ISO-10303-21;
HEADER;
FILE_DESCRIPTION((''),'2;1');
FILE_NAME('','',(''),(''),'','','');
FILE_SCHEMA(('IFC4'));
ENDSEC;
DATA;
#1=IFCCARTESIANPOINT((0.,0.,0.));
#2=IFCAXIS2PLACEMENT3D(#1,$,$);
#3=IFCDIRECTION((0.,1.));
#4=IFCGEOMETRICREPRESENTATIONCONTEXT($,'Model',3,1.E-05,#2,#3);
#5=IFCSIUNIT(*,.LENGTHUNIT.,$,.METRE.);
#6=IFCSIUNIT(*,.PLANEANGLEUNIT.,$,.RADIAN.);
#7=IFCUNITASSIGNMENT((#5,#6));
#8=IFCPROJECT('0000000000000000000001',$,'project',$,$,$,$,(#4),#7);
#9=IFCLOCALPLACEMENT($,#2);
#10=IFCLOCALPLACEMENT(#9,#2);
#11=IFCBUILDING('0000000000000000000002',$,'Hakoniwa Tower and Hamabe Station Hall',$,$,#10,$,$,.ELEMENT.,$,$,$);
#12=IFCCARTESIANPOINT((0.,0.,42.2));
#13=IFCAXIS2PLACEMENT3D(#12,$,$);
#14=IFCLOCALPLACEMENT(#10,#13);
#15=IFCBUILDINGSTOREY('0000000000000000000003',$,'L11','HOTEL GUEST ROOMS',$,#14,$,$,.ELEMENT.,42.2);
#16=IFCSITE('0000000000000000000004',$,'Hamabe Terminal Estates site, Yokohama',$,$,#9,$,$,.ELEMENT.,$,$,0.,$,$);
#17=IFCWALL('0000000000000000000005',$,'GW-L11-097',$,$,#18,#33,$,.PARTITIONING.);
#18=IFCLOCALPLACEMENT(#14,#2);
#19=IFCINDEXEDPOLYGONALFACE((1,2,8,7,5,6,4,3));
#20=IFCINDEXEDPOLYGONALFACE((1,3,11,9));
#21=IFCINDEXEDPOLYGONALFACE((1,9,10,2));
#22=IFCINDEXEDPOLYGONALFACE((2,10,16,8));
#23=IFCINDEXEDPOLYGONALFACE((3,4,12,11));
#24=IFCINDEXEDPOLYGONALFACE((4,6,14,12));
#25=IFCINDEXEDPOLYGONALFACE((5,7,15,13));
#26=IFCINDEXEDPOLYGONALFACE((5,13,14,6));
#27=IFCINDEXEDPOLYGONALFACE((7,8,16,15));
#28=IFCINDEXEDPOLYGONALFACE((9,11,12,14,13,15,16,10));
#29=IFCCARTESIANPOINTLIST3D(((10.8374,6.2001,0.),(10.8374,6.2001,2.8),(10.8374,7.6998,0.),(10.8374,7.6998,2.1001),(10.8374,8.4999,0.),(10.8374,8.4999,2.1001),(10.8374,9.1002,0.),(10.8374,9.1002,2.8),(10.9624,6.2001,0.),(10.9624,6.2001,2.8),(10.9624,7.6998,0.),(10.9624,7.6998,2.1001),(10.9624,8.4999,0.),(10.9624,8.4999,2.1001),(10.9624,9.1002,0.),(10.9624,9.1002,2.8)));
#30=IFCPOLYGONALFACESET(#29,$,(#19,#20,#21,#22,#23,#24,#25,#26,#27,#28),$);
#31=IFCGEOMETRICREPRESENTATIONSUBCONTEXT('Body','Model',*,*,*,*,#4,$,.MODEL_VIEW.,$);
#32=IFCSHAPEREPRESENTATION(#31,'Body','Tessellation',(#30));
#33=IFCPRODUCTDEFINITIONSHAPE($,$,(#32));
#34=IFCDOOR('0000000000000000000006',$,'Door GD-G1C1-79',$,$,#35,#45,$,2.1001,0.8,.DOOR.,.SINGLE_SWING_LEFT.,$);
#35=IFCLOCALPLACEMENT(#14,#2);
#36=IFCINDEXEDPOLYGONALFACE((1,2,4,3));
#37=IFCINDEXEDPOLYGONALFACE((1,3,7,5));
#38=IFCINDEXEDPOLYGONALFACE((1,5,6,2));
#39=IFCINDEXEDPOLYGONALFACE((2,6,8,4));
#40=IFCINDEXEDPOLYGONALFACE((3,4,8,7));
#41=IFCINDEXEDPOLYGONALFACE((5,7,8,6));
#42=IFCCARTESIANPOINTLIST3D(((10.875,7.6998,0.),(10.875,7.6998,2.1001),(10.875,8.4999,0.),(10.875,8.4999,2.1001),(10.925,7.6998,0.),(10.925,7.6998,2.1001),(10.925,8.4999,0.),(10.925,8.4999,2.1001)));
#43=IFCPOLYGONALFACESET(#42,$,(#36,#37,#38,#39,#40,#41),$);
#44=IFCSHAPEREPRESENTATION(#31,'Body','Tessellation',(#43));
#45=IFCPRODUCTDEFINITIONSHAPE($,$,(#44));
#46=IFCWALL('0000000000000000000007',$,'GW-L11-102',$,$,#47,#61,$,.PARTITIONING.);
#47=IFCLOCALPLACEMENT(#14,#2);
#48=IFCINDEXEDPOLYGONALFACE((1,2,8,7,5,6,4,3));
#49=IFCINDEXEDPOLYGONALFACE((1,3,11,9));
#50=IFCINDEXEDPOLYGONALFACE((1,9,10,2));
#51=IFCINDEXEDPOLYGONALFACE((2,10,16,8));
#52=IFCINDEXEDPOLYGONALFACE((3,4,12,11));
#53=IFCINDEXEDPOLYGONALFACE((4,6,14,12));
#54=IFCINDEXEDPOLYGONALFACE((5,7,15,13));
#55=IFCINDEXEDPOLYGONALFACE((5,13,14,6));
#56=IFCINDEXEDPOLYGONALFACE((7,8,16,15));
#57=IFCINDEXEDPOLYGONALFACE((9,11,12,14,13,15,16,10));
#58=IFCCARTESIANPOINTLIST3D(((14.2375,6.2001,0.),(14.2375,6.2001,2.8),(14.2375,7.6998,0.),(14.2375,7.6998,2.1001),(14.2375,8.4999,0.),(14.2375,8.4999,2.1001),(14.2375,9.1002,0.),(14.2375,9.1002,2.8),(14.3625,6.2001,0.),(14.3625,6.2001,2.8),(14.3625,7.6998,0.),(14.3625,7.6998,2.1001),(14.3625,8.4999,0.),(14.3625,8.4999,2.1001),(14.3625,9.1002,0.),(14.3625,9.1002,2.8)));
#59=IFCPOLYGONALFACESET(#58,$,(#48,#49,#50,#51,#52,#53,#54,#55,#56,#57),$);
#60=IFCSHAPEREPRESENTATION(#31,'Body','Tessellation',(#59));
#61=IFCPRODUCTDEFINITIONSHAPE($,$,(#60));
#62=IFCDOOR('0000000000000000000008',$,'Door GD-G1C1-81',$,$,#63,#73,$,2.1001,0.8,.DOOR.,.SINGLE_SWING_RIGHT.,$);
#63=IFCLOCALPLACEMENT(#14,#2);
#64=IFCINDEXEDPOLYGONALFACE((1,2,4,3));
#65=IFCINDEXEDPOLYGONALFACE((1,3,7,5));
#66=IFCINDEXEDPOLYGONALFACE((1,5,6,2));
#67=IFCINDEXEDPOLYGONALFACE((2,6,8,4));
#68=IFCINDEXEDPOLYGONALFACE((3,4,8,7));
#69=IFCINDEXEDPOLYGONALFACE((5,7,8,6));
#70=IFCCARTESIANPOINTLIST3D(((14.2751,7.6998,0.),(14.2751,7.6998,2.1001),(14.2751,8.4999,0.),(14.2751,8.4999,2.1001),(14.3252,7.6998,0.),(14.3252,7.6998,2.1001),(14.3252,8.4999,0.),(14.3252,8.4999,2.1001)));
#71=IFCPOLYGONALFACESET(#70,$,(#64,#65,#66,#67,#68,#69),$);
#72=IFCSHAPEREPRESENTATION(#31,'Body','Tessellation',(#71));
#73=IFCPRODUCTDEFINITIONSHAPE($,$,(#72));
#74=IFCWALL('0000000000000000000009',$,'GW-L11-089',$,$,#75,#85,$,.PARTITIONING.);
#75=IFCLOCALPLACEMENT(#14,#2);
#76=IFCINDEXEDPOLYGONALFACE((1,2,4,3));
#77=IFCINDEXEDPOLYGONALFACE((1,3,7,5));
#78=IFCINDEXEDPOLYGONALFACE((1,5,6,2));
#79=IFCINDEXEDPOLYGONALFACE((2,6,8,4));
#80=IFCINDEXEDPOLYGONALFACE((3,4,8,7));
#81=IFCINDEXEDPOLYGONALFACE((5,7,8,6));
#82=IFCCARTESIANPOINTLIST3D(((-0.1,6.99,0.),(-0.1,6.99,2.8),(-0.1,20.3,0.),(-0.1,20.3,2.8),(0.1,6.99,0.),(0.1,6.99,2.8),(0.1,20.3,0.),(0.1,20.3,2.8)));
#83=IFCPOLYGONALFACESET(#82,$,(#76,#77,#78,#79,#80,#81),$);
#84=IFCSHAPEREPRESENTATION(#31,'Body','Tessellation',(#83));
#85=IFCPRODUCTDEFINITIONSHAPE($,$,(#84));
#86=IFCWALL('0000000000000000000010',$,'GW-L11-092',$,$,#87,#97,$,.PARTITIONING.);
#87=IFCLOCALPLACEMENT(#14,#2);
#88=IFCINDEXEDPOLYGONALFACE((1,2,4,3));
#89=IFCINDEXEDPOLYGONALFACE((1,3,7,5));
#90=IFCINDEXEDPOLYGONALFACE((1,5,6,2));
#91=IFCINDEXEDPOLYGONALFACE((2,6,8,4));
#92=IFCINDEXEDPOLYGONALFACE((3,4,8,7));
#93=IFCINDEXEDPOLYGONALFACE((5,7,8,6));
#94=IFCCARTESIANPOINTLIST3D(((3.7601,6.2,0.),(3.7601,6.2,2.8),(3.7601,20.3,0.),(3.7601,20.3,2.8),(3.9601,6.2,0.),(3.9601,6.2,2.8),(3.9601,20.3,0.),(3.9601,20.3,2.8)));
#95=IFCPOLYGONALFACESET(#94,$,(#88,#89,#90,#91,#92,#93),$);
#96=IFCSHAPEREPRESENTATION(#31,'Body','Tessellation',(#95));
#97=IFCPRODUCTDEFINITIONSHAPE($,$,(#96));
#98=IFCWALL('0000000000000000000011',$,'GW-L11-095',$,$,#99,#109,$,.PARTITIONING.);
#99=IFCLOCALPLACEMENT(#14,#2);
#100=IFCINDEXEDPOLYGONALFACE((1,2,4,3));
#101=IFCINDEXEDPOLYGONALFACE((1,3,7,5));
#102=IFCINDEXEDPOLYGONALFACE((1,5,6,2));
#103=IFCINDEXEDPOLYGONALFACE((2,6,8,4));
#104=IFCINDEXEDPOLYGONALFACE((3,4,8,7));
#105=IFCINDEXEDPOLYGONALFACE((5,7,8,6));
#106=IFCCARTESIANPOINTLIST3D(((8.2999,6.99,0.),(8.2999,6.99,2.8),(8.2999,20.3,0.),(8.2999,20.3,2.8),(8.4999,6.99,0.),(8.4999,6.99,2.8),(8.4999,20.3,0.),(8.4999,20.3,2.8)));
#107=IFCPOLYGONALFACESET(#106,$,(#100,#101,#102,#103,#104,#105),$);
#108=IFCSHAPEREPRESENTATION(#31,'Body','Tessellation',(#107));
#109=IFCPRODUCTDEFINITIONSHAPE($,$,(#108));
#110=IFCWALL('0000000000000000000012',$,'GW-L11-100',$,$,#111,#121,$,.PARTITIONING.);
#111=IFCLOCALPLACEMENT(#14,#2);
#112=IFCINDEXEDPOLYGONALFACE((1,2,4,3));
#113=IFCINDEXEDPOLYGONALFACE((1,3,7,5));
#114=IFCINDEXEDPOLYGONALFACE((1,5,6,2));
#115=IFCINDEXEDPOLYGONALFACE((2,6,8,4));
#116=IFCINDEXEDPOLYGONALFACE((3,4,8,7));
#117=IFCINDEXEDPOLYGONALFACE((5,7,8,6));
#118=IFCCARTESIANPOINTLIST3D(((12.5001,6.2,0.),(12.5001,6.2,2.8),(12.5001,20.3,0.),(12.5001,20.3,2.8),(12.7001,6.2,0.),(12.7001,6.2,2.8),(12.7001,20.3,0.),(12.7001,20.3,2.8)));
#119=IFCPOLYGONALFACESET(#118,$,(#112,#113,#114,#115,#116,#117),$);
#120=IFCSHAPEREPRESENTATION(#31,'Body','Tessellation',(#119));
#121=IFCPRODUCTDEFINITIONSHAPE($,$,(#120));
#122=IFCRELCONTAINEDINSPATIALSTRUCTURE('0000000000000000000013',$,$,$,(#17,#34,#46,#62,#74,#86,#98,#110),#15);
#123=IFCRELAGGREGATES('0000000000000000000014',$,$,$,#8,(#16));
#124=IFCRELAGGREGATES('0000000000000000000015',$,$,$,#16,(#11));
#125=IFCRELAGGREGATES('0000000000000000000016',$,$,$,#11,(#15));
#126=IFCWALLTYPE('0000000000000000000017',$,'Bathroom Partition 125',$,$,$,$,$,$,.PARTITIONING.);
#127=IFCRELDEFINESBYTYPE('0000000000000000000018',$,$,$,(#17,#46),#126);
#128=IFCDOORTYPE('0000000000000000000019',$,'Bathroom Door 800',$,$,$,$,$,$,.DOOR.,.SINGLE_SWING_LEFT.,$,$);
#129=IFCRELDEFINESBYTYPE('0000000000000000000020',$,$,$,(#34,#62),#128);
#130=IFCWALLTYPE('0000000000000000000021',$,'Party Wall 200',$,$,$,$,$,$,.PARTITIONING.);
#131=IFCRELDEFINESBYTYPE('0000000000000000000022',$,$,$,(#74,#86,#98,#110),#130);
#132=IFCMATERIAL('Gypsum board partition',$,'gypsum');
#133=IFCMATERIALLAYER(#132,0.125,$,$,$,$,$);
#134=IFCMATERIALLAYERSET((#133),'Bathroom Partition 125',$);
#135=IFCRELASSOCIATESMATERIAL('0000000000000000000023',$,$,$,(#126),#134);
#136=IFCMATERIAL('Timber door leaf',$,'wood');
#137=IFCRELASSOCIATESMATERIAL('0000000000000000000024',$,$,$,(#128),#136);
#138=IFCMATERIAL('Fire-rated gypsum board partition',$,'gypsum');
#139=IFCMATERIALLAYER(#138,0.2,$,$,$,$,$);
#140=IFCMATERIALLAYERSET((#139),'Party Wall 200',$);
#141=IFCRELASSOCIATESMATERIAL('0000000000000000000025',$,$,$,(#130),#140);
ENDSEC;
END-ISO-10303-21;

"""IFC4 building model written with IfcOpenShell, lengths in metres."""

from ifc_helpers import new_model, si_unit, direction, frame, frame_2d, origin, place, context, subcontext, project, spatial, rectangle, extrude, material, layer, layer_set, type_object, element, fill, save


model = new_model("IFC4")

# Units and contexts
model_context = context("Model", 3, precision=1e-05, world=origin(), true_north=direction((0.0, 1.0)))
body_context = subcontext(model_context, "Body", "Model", "MODEL_VIEW")
ifc_project = project(units=[si_unit("LENGTHUNIT", "METRE"), si_unit("PLANEANGLEUNIT", "RADIAN")], contexts=[model_context])

# Site, building, storey
site_placement = place(None, origin())
site = spatial("IfcSite", under=ifc_project, at=site_placement, Name="Hamabe Terminal Estates site, Yokohama", CompositionType="ELEMENT", RefElevation=0.0)
building_placement = place(site_placement, origin())
building = spatial("IfcBuilding", under=site, at=building_placement, Name="Hakoniwa Tower and Hamabe Station Hall", CompositionType="ELEMENT")
storey_placement = place(building_placement, frame((0.0, 0.0, 42.2)))
storey = spatial("IfcBuildingStorey", under=building, at=storey_placement, Name="L11", Description="HOTEL GUEST ROOMS", CompositionType="ELEMENT", Elevation=42.2)

# Shared definitions
ifc_material_1 = material(Name="Gypsum board partition", Category="gypsum")
ifc_layer_1 = layer(ifc_material_1, 0.125)
ifc_layer_set_1 = layer_set([ifc_layer_1], Name="Bathroom Partition 125")
wall_type_1 = type_object("IfcWallType", Name="Bathroom Partition 125", PredefinedType="PARTITIONING", material=ifc_layer_set_1)

# Walls, openings, doors
wall_1_placement = place(storey_placement, frame((10.8999, 6.2, 0.0), z_axis=(0.0, 0.0, 1.0), x_axis=(0.0, 1.0, 0.0)))
wall_1 = element("IfcWall", 1, at=wall_1_placement, inside=storey, type_object=wall_type_1, Name="GW-L11-097", PredefinedType="PARTITIONING", context=body_context, shape_type="SweptSolid", body=[
    extrude(rectangle(XDim=2.9001, YDim=0.125, at=frame_2d((1.4502, 0.0))), origin(), (0.0, 0.0, 1.0), 2.8),
])
opening_1_placement = place(wall_1_placement, frame((1.5, 0.0, 0.0)))
opening_1 = element("IfcOpeningElement", 2, at=opening_1_placement, cuts=wall_1, PredefinedType="OPENING", context=body_context, shape_type="SweptSolid", body=[
    extrude(rectangle(XDim=0.8, YDim=2.1001, at=frame_2d((0.3999, 1.05))), frame((0.0, 0.0725, 0.0), z_axis=(0.0, -1.0, 0.0), x_axis=(1.0, 0.0, 0.0)), (0.0, 0.0, 1.0), 0.145),
])
ifc_material_2 = material(Name="Timber door leaf", Category="wood")
door_type = type_object("IfcDoorType", Name="Bathroom Door 800", OperationType="SINGLE_SWING_LEFT", PredefinedType="DOOR", material=ifc_material_2)
door_1_placement = place(opening_1_placement, origin())
door_1 = element("IfcDoor", 3, at=door_1_placement, inside=storey, type_object=door_type, Name="Door GD-G1C1-79", OperationType="SINGLE_SWING_LEFT", OverallHeight=2.1001, OverallWidth=0.8, PredefinedType="DOOR", context=body_context, shape_type="SweptSolid", body=[
    extrude(rectangle(XDim=0.8, YDim=2.1001, at=frame_2d((0.3999, 1.05))), frame((0.0, 0.0249, 0.0), z_axis=(0.0, -1.0, 0.0), x_axis=(1.0, 0.0, 0.0)), (0.0, 0.0, 1.0), 0.05),
])
fill(opening_1, door_1)
wall_2_placement = place(storey_placement, frame((14.3, 6.2, 0.0), z_axis=(0.0, 0.0, 1.0), x_axis=(0.0, 1.0, 0.0)))
wall_2 = element("IfcWall", 4, at=wall_2_placement, inside=storey, type_object=wall_type_1, Name="GW-L11-102", PredefinedType="PARTITIONING", context=body_context, shape_type="SweptSolid", body=[
    extrude(rectangle(XDim=2.9001, YDim=0.125, at=frame_2d((1.4502, 0.0))), origin(), (0.0, 0.0, 1.0), 2.8),
])
opening_2_placement = place(wall_2_placement, frame((1.5, 0.0, 0.0)))
opening_2 = element("IfcOpeningElement", 5, at=opening_2_placement, cuts=wall_2, PredefinedType="OPENING", context=body_context, shape_type="SweptSolid", body=[
    extrude(rectangle(XDim=0.8, YDim=2.1001, at=frame_2d((0.3999, 1.05))), frame((0.0, 0.0725, 0.0), z_axis=(0.0, -1.0, 0.0), x_axis=(1.0, 0.0, 0.0)), (0.0, 0.0, 1.0), 0.145),
])
door_2_placement = place(opening_2_placement, origin())
door_2 = element("IfcDoor", 6, at=door_2_placement, inside=storey, type_object=door_type, Name="Door GD-G1C1-81", OperationType="SINGLE_SWING_RIGHT", OverallHeight=2.1001, OverallWidth=0.8, PredefinedType="DOOR", context=body_context, shape_type="SweptSolid", body=[
    extrude(rectangle(XDim=0.8, YDim=2.1001, at=frame_2d((0.3999, 1.05))), frame((0.0, 0.0249, 0.0), z_axis=(0.0, -1.0, 0.0), x_axis=(1.0, 0.0, 0.0)), (0.0, 0.0, 1.0), 0.05),
])
fill(opening_2, door_2)

# Walls
ifc_material_3 = material(Name="Fire-rated gypsum board partition", Category="gypsum")
ifc_layer_2 = layer(ifc_material_3, 0.2)
ifc_layer_set_2 = layer_set([ifc_layer_2], Name="Party Wall 200")
wall_type_2 = type_object("IfcWallType", Name="Party Wall 200", PredefinedType="PARTITIONING", material=ifc_layer_set_2)
wall_3_placement = place(storey_placement, frame((0.0, 6.99, 0.0), z_axis=(0.0, 0.0, 1.0), x_axis=(0.0, 1.0, 0.0)))
element("IfcWall", 7, at=wall_3_placement, inside=storey, type_object=wall_type_2, Name="GW-L11-089", PredefinedType="PARTITIONING", context=body_context, shape_type="SweptSolid", body=[
    extrude(rectangle(XDim=13.3101, YDim=0.2, at=frame_2d((6.655, 0.0))), origin(), (0.0, 0.0, 1.0), 2.8),
])
wall_4_placement = place(storey_placement, frame((3.8601, 6.2, 0.0), z_axis=(0.0, 0.0, 1.0), x_axis=(0.0, 1.0, 0.0)))
element("IfcWall", 8, at=wall_4_placement, inside=storey, type_object=wall_type_2, Name="GW-L11-092", PredefinedType="PARTITIONING", context=body_context, shape_type="SweptSolid", body=[
    extrude(rectangle(XDim=14.1001, YDim=0.2, at=frame_2d((7.05, 0.0))), origin(), (0.0, 0.0, 1.0), 2.8),
])
wall_5_placement = place(storey_placement, frame((8.3999, 6.99, 0.0), z_axis=(0.0, 0.0, 1.0), x_axis=(0.0, 1.0, 0.0)))
element("IfcWall", 9, at=wall_5_placement, inside=storey, type_object=wall_type_2, Name="GW-L11-095", PredefinedType="PARTITIONING", context=body_context, shape_type="SweptSolid", body=[
    extrude(rectangle(XDim=13.3101, YDim=0.2, at=frame_2d((6.655, 0.0))), origin(), (0.0, 0.0, 1.0), 2.8),
])
wall_6_placement = place(storey_placement, frame((12.6001, 6.2, 0.0), z_axis=(0.0, 0.0, 1.0), x_axis=(0.0, 1.0, 0.0)))
element("IfcWall", 10, at=wall_6_placement, inside=storey, type_object=wall_type_2, Name="GW-L11-100", PredefinedType="PARTITIONING", context=body_context, shape_type="SweptSolid", body=[
    extrude(rectangle(XDim=14.1001, YDim=0.2, at=frame_2d((7.05, 0.0))), origin(), (0.0, 0.0, 1.0), 2.8),
])

save(model, "model.ifc")
